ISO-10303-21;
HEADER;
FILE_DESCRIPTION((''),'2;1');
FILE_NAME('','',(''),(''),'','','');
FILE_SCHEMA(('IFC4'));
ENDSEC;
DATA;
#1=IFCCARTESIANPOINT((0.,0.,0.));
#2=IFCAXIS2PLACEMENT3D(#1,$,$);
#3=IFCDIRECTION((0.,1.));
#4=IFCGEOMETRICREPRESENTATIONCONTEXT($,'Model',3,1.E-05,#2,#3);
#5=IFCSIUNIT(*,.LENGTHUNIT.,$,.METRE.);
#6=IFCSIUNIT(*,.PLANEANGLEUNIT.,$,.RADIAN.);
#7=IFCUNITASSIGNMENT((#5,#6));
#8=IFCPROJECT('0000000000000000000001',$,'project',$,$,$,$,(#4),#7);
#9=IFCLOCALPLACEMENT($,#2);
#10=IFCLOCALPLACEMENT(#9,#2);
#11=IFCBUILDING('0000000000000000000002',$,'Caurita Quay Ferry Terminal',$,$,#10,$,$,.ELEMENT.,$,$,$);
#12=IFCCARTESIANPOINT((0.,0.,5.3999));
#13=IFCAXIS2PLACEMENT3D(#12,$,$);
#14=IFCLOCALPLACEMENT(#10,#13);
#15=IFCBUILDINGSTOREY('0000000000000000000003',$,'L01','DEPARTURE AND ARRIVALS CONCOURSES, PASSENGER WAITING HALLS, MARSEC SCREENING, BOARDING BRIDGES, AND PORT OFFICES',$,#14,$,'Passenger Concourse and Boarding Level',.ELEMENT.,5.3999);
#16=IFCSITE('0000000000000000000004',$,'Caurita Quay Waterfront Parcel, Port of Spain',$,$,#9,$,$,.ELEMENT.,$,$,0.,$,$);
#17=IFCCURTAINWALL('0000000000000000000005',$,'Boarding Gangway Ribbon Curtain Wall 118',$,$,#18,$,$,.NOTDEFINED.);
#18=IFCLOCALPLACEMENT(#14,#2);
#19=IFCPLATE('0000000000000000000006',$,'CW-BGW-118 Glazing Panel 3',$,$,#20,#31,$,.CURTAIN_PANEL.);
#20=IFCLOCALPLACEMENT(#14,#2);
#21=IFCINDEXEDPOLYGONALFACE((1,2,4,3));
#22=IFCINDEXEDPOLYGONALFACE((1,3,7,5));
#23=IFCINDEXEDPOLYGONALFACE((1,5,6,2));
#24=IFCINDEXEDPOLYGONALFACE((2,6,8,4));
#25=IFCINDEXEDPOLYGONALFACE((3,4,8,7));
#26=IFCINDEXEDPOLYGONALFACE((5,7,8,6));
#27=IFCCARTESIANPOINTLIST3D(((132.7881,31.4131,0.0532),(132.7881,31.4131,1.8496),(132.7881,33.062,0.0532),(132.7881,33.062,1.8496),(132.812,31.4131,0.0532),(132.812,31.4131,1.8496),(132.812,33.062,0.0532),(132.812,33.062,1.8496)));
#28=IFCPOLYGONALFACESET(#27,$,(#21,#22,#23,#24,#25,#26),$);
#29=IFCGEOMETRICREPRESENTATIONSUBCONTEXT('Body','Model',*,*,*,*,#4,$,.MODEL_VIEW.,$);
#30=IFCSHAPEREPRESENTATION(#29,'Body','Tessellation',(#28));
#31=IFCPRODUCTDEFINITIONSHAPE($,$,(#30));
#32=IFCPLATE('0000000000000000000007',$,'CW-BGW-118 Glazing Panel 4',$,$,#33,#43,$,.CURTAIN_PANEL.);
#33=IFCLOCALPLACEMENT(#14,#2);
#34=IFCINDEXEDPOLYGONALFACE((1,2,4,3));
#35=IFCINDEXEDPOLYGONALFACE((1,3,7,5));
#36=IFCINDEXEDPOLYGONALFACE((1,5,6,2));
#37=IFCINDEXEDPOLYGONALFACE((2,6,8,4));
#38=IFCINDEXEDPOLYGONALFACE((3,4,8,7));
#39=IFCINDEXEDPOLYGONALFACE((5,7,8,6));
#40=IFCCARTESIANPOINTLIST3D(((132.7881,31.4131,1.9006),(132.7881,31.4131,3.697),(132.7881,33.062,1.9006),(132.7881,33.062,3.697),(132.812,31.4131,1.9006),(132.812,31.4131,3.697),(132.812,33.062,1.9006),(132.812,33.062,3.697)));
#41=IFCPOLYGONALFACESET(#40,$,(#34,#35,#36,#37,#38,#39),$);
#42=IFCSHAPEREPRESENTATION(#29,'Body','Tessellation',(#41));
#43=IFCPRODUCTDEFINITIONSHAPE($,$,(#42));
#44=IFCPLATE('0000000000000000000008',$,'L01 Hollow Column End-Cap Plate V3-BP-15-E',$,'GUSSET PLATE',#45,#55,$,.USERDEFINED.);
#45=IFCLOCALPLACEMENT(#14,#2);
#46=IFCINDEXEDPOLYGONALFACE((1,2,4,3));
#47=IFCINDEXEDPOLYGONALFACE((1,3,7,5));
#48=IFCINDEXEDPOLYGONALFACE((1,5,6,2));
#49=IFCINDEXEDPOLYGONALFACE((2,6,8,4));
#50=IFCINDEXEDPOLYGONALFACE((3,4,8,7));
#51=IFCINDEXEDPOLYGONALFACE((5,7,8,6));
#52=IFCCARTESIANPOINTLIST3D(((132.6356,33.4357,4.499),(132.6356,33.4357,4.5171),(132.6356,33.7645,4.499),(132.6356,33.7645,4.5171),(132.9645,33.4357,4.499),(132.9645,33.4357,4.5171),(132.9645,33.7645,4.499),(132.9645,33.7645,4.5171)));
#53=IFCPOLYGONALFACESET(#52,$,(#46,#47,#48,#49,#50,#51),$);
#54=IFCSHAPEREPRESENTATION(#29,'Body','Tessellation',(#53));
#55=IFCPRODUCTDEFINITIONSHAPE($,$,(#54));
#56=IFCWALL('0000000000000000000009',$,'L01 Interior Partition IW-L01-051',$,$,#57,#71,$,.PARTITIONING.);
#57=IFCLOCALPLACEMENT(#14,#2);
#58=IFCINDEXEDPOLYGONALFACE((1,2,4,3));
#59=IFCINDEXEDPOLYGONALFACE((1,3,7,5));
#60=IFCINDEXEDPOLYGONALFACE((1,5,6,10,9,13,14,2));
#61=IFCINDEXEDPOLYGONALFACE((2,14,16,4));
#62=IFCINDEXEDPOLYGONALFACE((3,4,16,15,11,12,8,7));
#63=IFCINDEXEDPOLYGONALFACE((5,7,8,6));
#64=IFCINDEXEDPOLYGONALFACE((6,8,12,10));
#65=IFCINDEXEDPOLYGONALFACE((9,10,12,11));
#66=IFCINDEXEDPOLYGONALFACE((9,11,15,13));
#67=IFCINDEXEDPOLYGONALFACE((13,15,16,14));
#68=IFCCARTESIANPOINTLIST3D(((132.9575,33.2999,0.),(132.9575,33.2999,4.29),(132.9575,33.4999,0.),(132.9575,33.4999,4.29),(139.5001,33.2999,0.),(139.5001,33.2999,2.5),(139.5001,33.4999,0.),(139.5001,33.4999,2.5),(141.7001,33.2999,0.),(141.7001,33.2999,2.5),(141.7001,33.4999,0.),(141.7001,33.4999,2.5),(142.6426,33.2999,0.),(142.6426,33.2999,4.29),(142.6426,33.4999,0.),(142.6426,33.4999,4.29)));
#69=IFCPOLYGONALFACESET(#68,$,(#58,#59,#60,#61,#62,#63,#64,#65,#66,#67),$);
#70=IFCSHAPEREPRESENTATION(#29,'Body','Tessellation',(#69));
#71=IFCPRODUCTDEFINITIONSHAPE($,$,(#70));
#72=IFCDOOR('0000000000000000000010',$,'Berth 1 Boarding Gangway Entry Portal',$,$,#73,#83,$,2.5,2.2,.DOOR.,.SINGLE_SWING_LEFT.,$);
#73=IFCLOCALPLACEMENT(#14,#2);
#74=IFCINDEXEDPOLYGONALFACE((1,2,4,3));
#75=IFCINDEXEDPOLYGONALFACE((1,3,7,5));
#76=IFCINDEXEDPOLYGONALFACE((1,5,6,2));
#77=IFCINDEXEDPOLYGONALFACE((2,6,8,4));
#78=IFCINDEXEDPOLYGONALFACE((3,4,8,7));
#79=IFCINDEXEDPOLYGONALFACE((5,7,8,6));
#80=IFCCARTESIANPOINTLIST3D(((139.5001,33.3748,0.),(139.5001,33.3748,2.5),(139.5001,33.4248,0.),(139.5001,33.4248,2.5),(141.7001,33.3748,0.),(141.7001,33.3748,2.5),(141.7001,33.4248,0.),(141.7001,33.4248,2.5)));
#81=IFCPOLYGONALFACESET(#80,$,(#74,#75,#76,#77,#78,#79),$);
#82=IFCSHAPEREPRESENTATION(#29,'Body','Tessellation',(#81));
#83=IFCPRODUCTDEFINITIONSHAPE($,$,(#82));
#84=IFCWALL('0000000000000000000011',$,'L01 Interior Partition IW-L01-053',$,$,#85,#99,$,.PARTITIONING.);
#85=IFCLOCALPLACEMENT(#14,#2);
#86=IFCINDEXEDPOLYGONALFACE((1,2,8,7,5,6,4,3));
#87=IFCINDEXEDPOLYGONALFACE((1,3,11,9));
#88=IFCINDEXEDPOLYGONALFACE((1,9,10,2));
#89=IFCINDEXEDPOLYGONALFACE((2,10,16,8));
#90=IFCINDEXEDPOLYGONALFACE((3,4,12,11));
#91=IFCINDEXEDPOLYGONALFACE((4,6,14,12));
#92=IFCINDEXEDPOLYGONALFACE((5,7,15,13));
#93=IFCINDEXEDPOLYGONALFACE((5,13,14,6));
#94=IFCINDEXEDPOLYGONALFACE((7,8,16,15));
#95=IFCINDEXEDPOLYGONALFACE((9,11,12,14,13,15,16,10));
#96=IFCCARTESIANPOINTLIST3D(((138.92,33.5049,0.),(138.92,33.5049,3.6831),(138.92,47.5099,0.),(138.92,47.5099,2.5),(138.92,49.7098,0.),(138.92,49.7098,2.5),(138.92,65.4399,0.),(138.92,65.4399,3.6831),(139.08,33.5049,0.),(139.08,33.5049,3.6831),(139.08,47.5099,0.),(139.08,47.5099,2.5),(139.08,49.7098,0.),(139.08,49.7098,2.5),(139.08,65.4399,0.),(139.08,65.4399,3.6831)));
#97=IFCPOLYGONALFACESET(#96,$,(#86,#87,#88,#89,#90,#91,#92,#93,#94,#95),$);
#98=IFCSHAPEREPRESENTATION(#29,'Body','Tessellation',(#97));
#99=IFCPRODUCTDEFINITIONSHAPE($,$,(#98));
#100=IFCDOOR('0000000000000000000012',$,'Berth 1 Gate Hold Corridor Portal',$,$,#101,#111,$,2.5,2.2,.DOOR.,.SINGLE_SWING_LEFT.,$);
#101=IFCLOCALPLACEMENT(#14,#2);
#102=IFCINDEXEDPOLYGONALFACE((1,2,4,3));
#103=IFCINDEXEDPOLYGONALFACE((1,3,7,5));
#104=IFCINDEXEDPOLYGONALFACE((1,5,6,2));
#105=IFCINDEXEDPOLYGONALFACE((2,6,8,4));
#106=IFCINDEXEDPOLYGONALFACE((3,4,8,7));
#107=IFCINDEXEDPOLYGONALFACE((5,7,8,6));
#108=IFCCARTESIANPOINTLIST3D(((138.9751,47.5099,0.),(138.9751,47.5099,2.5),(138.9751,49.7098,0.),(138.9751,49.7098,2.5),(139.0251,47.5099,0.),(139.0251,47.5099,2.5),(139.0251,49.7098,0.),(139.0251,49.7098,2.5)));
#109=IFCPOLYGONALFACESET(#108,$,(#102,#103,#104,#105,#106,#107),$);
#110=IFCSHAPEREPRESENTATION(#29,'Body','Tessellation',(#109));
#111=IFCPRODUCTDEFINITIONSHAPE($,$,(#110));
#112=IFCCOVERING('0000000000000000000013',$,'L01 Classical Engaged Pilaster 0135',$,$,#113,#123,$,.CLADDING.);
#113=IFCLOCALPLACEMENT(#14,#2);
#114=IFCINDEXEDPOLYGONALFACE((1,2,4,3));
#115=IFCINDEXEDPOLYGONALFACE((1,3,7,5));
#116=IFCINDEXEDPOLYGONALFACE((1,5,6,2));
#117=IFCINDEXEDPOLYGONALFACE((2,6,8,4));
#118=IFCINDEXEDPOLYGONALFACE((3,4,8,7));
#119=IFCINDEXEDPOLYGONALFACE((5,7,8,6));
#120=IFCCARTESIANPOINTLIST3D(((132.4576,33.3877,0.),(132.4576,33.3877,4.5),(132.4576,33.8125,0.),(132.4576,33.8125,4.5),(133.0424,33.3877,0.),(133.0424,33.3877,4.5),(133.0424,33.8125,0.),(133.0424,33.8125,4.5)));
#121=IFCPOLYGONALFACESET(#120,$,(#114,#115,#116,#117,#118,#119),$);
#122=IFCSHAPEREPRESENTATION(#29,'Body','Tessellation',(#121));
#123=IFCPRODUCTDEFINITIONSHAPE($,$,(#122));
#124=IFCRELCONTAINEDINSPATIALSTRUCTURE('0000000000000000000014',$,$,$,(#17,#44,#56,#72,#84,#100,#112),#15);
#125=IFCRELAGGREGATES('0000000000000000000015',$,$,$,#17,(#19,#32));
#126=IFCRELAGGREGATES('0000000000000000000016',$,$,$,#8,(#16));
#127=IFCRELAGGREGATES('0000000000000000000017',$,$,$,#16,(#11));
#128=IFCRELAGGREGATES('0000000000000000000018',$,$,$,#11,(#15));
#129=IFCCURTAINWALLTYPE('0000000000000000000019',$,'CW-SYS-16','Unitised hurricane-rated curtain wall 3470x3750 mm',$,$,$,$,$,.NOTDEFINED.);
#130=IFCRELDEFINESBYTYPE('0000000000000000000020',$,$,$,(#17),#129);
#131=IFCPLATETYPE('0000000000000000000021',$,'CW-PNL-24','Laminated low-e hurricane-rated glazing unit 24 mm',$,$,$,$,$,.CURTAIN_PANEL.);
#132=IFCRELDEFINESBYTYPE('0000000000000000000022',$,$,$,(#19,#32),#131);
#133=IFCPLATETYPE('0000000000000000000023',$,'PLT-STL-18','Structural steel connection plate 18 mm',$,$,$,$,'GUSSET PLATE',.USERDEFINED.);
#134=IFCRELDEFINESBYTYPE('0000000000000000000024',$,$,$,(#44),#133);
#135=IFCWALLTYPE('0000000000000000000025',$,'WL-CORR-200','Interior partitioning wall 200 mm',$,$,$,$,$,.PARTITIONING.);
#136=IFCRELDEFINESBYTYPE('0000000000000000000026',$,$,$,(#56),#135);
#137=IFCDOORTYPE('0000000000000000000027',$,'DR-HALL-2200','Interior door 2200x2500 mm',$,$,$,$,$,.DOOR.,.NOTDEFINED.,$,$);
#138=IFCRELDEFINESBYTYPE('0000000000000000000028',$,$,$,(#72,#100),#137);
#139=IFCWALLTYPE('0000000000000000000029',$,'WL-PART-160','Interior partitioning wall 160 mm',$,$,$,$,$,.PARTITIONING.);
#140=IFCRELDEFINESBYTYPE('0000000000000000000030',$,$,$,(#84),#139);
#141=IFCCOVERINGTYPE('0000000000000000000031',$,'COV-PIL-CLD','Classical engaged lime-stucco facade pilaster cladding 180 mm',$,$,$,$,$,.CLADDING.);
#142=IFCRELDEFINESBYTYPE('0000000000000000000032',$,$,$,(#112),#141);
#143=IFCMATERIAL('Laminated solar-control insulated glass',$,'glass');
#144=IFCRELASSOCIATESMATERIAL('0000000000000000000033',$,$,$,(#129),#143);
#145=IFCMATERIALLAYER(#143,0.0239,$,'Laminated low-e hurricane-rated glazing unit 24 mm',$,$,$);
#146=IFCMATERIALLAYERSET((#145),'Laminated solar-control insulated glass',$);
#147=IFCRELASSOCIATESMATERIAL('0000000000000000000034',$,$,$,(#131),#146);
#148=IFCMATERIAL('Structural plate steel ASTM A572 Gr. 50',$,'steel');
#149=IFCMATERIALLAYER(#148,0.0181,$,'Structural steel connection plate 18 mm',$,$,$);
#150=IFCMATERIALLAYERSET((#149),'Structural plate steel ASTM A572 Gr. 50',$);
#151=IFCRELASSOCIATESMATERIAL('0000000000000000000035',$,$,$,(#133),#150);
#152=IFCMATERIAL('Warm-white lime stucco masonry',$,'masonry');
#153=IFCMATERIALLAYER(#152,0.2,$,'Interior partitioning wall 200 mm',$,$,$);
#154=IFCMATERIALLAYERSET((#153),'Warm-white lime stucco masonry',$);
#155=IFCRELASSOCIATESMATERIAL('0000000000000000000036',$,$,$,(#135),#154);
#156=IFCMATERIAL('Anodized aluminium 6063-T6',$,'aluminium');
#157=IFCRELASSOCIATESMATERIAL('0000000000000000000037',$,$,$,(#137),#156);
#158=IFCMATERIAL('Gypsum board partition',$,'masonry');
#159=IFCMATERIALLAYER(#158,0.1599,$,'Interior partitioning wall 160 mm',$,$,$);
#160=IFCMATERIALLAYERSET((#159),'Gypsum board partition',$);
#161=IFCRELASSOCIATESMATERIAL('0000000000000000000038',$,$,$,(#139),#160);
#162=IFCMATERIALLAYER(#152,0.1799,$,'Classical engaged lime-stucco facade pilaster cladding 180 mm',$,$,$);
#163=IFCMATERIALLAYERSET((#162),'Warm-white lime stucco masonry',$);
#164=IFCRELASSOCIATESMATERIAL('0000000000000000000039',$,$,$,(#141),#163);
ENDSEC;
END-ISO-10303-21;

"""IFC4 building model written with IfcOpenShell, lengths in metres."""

from ifc_helpers import new_model, si_unit, direction, frame, frame_2d, origin, origin_2d, place, context, subcontext, project, spatial, rectangle, extrude, material, layer, layer_set, type_object, element, fill, aggregate, save


model = new_model("IFC4")

# Units and contexts
model_context = context("Model", 3, precision=1e-05, world=origin(), true_north=direction((0.0, 1.0)))
body_context = subcontext(model_context, "Body", "Model", "MODEL_VIEW")
ifc_project = project(units=[si_unit("LENGTHUNIT", "METRE"), si_unit("PLANEANGLEUNIT", "RADIAN")], contexts=[model_context])

# Site, building, storey
site_placement = place(None, origin())
site = spatial("IfcSite", under=ifc_project, at=site_placement, Name="Caurita Quay Waterfront Parcel, Port of Spain", CompositionType="ELEMENT", RefElevation=0.0)
building_placement = place(site_placement, origin())
building = spatial("IfcBuilding", under=site, at=building_placement, Name="Caurita Quay Ferry Terminal", CompositionType="ELEMENT")
storey_placement = place(building_placement, frame((0.0, 0.0, 5.3999)))
storey = spatial("IfcBuildingStorey", under=building, at=storey_placement, Name="L01", Description="DEPARTURE AND ARRIVALS CONCOURSES, PASSENGER WAITING HALLS, MARSEC SCREENING, BOARDING BRIDGES, AND PORT OFFICES", LongName="Passenger Concourse and Boarding Level", CompositionType="ELEMENT", Elevation=5.3999)

# Shared definitions
ifc_material_1 = material(Name="Laminated solar-control insulated glass", Category="glass")
curtain_wall_type = type_object("IfcCurtainWallType", Name="CW-SYS-16", Description="Unitised hurricane-rated curtain wall 3470x3750 mm", PredefinedType="NOTDEFINED", material=ifc_material_1)
ifc_material_2 = material(Name="Anodized aluminium 6063-T6", Category="aluminium")

# Curtain wall
curtain_wall_1_placement = place(storey_placement, origin())
curtain_wall_1 = element("IfcCurtainWall", 1, at=curtain_wall_1_placement, inside=storey, type_object=curtain_wall_type, Name="Boarding Gangway Ribbon Curtain Wall 118", PredefinedType="NOTDEFINED")

# Plates
ifc_layer_1 = layer(ifc_material_1, 0.0239, Name="Laminated low-e hurricane-rated glazing unit 24 mm")
ifc_layer_set_1 = layer_set([ifc_layer_1], Name="Laminated solar-control insulated glass")
plate_type_1 = type_object("IfcPlateType", Name="CW-PNL-24", Description="Laminated low-e hurricane-rated glazing unit 24 mm", PredefinedType="CURTAIN_PANEL", material=ifc_layer_set_1)
plate_1_placement = place(storey_placement, frame((132.8, 32.2375, 0.0532), z_axis=(0.0, 0.0, 1.0), x_axis=(0.0, 1.0, 0.0)))
plate_1 = element("IfcPlate", 2, at=plate_1_placement, type_object=plate_type_1, Name="CW-BGW-118 Glazing Panel 3", PredefinedType="CURTAIN_PANEL", context=body_context, shape_type="SweptSolid", body=[
    extrude(rectangle(XDim=1.6489, YDim=0.0239, at=origin_2d()), origin(), (0.0, 0.0, 1.0), 1.7964),
])
plate_2_placement = place(storey_placement, frame((132.8, 32.2375, 1.9006), z_axis=(0.0, 0.0, 1.0), x_axis=(0.0, 1.0, 0.0)))
plate_2 = element("IfcPlate", 3, at=plate_2_placement, type_object=plate_type_1, Name="CW-BGW-118 Glazing Panel 4", PredefinedType="CURTAIN_PANEL", context=body_context, shape_type="SweptSolid", body=[
    extrude(rectangle(XDim=1.6489, YDim=0.0239, at=origin_2d()), origin(), (0.0, 0.0, 1.0), 1.7964),
])
aggregate(curtain_wall_1, [plate_1, plate_2])
ifc_material_3 = material(Name="Structural plate steel ASTM A572 Gr. 50", Category="steel")
ifc_layer_2 = layer(ifc_material_3, 0.0181, Name="Structural steel connection plate 18 mm")
ifc_layer_set_2 = layer_set([ifc_layer_2], Name="Structural plate steel ASTM A572 Gr. 50")
plate_type_2 = type_object("IfcPlateType", Name="PLT-STL-18", Description="Structural steel connection plate 18 mm", ElementType="GUSSET PLATE", PredefinedType="USERDEFINED", material=ifc_layer_set_2)
plate_3_placement = place(storey_placement, frame((132.8, 33.6001, 4.499), z_axis=(0.0, 0.0, 1.0), x_axis=(1.0, 0.0, 0.0)))
element("IfcPlate", 4, at=plate_3_placement, inside=storey, type_object=plate_type_2, Name="L01 Hollow Column End-Cap Plate V3-BP-15-E", ObjectType="GUSSET PLATE", PredefinedType="USERDEFINED", context=body_context, shape_type="SweptSolid", body=[
    extrude(rectangle(XDim=0.3289, YDim=0.3289, at=origin_2d()), origin(), (0.0, 0.0, 1.0), 0.0181),
])

# Walls, openings, doors
ifc_material_4 = material(Name="Warm-white lime stucco masonry", Category="masonry")
ifc_layer_3 = layer(ifc_material_4, 0.2, Name="Interior partitioning wall 200 mm")
ifc_layer_set_3 = layer_set([ifc_layer_3], Name="Warm-white lime stucco masonry")
wall_type_1 = type_object("IfcWallType", Name="WL-CORR-200", Description="Interior partitioning wall 200 mm", PredefinedType="PARTITIONING", material=ifc_layer_set_3)
wall_1_placement = place(storey_placement, frame((132.9575, 33.3999, 0.0), z_axis=(0.0, 0.0, 1.0), x_axis=(1.0, 0.0, 0.0)))
wall_1 = element("IfcWall", 5, at=wall_1_placement, inside=storey, type_object=wall_type_1, Name="L01 Interior Partition IW-L01-051", PredefinedType="PARTITIONING", context=body_context, shape_type="SweptSolid", body=[
    extrude(rectangle(XDim=9.6851, YDim=0.2, at=frame_2d((4.8425, 0.0))), origin(), (0.0, 0.0, 1.0), 4.29),
])
opening_1_placement = place(wall_1_placement, frame((6.5425, 0.0, 0.0)))
opening_1 = element("IfcOpeningElement", 6, at=opening_1_placement, cuts=wall_1, PredefinedType="OPENING", context=body_context, shape_type="SweptSolid", body=[
    extrude(rectangle(XDim=2.2, YDim=2.5, at=frame_2d((1.1001, 1.25))), frame((0.0, 0.1099, 0.0), z_axis=(0.0, -1.0, 0.0), x_axis=(1.0, 0.0, 0.0)), (0.0, 0.0, 1.0), 0.22),
])
door_type = type_object("IfcDoorType", Name="DR-HALL-2200", Description="Interior door 2200x2500 mm", OperationType="NOTDEFINED", PredefinedType="DOOR", material=ifc_material_2)
door_1_placement = place(opening_1_placement, origin())
door_1 = element("IfcDoor", 7, at=door_1_placement, inside=storey, type_object=door_type, Name="Berth 1 Boarding Gangway Entry Portal", OperationType="SINGLE_SWING_LEFT", OverallHeight=2.5, OverallWidth=2.2, PredefinedType="DOOR", context=body_context, shape_type="SweptSolid", body=[
    extrude(rectangle(XDim=2.2, YDim=2.5, at=frame_2d((1.1001, 1.25))), frame((0.0, 0.0249, 0.0), z_axis=(0.0, -1.0, 0.0), x_axis=(1.0, 0.0, 0.0)), (0.0, 0.0, 1.0), 0.05),
])
fill(opening_1, door_1)
ifc_material_5 = material(Name="Gypsum board partition", Category="masonry")
ifc_layer_4 = layer(ifc_material_5, 0.1599, Name="Interior partitioning wall 160 mm")
ifc_layer_set_4 = layer_set([ifc_layer_4], Name="Gypsum board partition")
wall_type_2 = type_object("IfcWallType", Name="WL-PART-160", Description="Interior partitioning wall 160 mm", PredefinedType="PARTITIONING", material=ifc_layer_set_4)
wall_2_placement = place(storey_placement, frame((139.0, 33.5049, 0.0), z_axis=(0.0, 0.0, 1.0), x_axis=(0.0, 1.0, 0.0)))
wall_2 = element("IfcWall", 8, at=wall_2_placement, inside=storey, type_object=wall_type_2, Name="L01 Interior Partition IW-L01-053", PredefinedType="PARTITIONING", context=body_context, shape_type="SweptSolid", body=[
    extrude(rectangle(XDim=31.9351, YDim=0.1599, at=frame_2d((15.9675, 0.0))), origin(), (0.0, 0.0, 1.0), 3.6831),
])
opening_2_placement = place(wall_2_placement, frame((14.0049, 0.0, 0.0)))
opening_2 = element("IfcOpeningElement", 9, at=opening_2_placement, cuts=wall_2, PredefinedType="OPENING", context=body_context, shape_type="SweptSolid", body=[
    extrude(rectangle(XDim=2.2, YDim=2.5, at=frame_2d((1.1001, 1.25))), frame((0.0, 0.0898, 0.0), z_axis=(0.0, -1.0, 0.0), x_axis=(1.0, 0.0, 0.0)), (0.0, 0.0, 1.0), 0.1799),
])
door_2_placement = place(opening_2_placement, origin())
door_2 = element("IfcDoor", 10, at=door_2_placement, inside=storey, type_object=door_type, Name="Berth 1 Gate Hold Corridor Portal", OperationType="SINGLE_SWING_LEFT", OverallHeight=2.5, OverallWidth=2.2, PredefinedType="DOOR", context=body_context, shape_type="SweptSolid", body=[
    extrude(rectangle(XDim=2.2, YDim=2.5, at=frame_2d((1.1001, 1.25))), frame((0.0, 0.0249, 0.0), z_axis=(0.0, -1.0, 0.0), x_axis=(1.0, 0.0, 0.0)), (0.0, 0.0, 1.0), 0.05),
])
fill(opening_2, door_2)

# Covering
ifc_layer_5 = layer(ifc_material_4, 0.1799, Name="Classical engaged lime-stucco facade pilaster cladding 180 mm")
ifc_layer_set_5 = layer_set([ifc_layer_5], Name="Warm-white lime stucco masonry")
covering_type = type_object("IfcCoveringType", Name="COV-PIL-CLD", Description="Classical engaged lime-stucco facade pilaster cladding 180 mm", PredefinedType="CLADDING", material=ifc_layer_set_5)
covering_placement = place(storey_placement, frame((132.75, 33.6001, 0.0), z_axis=(0.0, 0.0, 1.0), x_axis=(1.0, 0.0, 0.0)))
element("IfcCovering", 11, at=covering_placement, inside=storey, type_object=covering_type, Name="L01 Classical Engaged Pilaster 0135", PredefinedType="CLADDING", context=body_context, shape_type="SweptSolid", body=[
    extrude(rectangle(XDim=0.5847, YDim=0.4248, at=origin_2d()), origin(), (0.0, 0.0, 1.0), 4.5),
])

save(model, "model.ifc")
